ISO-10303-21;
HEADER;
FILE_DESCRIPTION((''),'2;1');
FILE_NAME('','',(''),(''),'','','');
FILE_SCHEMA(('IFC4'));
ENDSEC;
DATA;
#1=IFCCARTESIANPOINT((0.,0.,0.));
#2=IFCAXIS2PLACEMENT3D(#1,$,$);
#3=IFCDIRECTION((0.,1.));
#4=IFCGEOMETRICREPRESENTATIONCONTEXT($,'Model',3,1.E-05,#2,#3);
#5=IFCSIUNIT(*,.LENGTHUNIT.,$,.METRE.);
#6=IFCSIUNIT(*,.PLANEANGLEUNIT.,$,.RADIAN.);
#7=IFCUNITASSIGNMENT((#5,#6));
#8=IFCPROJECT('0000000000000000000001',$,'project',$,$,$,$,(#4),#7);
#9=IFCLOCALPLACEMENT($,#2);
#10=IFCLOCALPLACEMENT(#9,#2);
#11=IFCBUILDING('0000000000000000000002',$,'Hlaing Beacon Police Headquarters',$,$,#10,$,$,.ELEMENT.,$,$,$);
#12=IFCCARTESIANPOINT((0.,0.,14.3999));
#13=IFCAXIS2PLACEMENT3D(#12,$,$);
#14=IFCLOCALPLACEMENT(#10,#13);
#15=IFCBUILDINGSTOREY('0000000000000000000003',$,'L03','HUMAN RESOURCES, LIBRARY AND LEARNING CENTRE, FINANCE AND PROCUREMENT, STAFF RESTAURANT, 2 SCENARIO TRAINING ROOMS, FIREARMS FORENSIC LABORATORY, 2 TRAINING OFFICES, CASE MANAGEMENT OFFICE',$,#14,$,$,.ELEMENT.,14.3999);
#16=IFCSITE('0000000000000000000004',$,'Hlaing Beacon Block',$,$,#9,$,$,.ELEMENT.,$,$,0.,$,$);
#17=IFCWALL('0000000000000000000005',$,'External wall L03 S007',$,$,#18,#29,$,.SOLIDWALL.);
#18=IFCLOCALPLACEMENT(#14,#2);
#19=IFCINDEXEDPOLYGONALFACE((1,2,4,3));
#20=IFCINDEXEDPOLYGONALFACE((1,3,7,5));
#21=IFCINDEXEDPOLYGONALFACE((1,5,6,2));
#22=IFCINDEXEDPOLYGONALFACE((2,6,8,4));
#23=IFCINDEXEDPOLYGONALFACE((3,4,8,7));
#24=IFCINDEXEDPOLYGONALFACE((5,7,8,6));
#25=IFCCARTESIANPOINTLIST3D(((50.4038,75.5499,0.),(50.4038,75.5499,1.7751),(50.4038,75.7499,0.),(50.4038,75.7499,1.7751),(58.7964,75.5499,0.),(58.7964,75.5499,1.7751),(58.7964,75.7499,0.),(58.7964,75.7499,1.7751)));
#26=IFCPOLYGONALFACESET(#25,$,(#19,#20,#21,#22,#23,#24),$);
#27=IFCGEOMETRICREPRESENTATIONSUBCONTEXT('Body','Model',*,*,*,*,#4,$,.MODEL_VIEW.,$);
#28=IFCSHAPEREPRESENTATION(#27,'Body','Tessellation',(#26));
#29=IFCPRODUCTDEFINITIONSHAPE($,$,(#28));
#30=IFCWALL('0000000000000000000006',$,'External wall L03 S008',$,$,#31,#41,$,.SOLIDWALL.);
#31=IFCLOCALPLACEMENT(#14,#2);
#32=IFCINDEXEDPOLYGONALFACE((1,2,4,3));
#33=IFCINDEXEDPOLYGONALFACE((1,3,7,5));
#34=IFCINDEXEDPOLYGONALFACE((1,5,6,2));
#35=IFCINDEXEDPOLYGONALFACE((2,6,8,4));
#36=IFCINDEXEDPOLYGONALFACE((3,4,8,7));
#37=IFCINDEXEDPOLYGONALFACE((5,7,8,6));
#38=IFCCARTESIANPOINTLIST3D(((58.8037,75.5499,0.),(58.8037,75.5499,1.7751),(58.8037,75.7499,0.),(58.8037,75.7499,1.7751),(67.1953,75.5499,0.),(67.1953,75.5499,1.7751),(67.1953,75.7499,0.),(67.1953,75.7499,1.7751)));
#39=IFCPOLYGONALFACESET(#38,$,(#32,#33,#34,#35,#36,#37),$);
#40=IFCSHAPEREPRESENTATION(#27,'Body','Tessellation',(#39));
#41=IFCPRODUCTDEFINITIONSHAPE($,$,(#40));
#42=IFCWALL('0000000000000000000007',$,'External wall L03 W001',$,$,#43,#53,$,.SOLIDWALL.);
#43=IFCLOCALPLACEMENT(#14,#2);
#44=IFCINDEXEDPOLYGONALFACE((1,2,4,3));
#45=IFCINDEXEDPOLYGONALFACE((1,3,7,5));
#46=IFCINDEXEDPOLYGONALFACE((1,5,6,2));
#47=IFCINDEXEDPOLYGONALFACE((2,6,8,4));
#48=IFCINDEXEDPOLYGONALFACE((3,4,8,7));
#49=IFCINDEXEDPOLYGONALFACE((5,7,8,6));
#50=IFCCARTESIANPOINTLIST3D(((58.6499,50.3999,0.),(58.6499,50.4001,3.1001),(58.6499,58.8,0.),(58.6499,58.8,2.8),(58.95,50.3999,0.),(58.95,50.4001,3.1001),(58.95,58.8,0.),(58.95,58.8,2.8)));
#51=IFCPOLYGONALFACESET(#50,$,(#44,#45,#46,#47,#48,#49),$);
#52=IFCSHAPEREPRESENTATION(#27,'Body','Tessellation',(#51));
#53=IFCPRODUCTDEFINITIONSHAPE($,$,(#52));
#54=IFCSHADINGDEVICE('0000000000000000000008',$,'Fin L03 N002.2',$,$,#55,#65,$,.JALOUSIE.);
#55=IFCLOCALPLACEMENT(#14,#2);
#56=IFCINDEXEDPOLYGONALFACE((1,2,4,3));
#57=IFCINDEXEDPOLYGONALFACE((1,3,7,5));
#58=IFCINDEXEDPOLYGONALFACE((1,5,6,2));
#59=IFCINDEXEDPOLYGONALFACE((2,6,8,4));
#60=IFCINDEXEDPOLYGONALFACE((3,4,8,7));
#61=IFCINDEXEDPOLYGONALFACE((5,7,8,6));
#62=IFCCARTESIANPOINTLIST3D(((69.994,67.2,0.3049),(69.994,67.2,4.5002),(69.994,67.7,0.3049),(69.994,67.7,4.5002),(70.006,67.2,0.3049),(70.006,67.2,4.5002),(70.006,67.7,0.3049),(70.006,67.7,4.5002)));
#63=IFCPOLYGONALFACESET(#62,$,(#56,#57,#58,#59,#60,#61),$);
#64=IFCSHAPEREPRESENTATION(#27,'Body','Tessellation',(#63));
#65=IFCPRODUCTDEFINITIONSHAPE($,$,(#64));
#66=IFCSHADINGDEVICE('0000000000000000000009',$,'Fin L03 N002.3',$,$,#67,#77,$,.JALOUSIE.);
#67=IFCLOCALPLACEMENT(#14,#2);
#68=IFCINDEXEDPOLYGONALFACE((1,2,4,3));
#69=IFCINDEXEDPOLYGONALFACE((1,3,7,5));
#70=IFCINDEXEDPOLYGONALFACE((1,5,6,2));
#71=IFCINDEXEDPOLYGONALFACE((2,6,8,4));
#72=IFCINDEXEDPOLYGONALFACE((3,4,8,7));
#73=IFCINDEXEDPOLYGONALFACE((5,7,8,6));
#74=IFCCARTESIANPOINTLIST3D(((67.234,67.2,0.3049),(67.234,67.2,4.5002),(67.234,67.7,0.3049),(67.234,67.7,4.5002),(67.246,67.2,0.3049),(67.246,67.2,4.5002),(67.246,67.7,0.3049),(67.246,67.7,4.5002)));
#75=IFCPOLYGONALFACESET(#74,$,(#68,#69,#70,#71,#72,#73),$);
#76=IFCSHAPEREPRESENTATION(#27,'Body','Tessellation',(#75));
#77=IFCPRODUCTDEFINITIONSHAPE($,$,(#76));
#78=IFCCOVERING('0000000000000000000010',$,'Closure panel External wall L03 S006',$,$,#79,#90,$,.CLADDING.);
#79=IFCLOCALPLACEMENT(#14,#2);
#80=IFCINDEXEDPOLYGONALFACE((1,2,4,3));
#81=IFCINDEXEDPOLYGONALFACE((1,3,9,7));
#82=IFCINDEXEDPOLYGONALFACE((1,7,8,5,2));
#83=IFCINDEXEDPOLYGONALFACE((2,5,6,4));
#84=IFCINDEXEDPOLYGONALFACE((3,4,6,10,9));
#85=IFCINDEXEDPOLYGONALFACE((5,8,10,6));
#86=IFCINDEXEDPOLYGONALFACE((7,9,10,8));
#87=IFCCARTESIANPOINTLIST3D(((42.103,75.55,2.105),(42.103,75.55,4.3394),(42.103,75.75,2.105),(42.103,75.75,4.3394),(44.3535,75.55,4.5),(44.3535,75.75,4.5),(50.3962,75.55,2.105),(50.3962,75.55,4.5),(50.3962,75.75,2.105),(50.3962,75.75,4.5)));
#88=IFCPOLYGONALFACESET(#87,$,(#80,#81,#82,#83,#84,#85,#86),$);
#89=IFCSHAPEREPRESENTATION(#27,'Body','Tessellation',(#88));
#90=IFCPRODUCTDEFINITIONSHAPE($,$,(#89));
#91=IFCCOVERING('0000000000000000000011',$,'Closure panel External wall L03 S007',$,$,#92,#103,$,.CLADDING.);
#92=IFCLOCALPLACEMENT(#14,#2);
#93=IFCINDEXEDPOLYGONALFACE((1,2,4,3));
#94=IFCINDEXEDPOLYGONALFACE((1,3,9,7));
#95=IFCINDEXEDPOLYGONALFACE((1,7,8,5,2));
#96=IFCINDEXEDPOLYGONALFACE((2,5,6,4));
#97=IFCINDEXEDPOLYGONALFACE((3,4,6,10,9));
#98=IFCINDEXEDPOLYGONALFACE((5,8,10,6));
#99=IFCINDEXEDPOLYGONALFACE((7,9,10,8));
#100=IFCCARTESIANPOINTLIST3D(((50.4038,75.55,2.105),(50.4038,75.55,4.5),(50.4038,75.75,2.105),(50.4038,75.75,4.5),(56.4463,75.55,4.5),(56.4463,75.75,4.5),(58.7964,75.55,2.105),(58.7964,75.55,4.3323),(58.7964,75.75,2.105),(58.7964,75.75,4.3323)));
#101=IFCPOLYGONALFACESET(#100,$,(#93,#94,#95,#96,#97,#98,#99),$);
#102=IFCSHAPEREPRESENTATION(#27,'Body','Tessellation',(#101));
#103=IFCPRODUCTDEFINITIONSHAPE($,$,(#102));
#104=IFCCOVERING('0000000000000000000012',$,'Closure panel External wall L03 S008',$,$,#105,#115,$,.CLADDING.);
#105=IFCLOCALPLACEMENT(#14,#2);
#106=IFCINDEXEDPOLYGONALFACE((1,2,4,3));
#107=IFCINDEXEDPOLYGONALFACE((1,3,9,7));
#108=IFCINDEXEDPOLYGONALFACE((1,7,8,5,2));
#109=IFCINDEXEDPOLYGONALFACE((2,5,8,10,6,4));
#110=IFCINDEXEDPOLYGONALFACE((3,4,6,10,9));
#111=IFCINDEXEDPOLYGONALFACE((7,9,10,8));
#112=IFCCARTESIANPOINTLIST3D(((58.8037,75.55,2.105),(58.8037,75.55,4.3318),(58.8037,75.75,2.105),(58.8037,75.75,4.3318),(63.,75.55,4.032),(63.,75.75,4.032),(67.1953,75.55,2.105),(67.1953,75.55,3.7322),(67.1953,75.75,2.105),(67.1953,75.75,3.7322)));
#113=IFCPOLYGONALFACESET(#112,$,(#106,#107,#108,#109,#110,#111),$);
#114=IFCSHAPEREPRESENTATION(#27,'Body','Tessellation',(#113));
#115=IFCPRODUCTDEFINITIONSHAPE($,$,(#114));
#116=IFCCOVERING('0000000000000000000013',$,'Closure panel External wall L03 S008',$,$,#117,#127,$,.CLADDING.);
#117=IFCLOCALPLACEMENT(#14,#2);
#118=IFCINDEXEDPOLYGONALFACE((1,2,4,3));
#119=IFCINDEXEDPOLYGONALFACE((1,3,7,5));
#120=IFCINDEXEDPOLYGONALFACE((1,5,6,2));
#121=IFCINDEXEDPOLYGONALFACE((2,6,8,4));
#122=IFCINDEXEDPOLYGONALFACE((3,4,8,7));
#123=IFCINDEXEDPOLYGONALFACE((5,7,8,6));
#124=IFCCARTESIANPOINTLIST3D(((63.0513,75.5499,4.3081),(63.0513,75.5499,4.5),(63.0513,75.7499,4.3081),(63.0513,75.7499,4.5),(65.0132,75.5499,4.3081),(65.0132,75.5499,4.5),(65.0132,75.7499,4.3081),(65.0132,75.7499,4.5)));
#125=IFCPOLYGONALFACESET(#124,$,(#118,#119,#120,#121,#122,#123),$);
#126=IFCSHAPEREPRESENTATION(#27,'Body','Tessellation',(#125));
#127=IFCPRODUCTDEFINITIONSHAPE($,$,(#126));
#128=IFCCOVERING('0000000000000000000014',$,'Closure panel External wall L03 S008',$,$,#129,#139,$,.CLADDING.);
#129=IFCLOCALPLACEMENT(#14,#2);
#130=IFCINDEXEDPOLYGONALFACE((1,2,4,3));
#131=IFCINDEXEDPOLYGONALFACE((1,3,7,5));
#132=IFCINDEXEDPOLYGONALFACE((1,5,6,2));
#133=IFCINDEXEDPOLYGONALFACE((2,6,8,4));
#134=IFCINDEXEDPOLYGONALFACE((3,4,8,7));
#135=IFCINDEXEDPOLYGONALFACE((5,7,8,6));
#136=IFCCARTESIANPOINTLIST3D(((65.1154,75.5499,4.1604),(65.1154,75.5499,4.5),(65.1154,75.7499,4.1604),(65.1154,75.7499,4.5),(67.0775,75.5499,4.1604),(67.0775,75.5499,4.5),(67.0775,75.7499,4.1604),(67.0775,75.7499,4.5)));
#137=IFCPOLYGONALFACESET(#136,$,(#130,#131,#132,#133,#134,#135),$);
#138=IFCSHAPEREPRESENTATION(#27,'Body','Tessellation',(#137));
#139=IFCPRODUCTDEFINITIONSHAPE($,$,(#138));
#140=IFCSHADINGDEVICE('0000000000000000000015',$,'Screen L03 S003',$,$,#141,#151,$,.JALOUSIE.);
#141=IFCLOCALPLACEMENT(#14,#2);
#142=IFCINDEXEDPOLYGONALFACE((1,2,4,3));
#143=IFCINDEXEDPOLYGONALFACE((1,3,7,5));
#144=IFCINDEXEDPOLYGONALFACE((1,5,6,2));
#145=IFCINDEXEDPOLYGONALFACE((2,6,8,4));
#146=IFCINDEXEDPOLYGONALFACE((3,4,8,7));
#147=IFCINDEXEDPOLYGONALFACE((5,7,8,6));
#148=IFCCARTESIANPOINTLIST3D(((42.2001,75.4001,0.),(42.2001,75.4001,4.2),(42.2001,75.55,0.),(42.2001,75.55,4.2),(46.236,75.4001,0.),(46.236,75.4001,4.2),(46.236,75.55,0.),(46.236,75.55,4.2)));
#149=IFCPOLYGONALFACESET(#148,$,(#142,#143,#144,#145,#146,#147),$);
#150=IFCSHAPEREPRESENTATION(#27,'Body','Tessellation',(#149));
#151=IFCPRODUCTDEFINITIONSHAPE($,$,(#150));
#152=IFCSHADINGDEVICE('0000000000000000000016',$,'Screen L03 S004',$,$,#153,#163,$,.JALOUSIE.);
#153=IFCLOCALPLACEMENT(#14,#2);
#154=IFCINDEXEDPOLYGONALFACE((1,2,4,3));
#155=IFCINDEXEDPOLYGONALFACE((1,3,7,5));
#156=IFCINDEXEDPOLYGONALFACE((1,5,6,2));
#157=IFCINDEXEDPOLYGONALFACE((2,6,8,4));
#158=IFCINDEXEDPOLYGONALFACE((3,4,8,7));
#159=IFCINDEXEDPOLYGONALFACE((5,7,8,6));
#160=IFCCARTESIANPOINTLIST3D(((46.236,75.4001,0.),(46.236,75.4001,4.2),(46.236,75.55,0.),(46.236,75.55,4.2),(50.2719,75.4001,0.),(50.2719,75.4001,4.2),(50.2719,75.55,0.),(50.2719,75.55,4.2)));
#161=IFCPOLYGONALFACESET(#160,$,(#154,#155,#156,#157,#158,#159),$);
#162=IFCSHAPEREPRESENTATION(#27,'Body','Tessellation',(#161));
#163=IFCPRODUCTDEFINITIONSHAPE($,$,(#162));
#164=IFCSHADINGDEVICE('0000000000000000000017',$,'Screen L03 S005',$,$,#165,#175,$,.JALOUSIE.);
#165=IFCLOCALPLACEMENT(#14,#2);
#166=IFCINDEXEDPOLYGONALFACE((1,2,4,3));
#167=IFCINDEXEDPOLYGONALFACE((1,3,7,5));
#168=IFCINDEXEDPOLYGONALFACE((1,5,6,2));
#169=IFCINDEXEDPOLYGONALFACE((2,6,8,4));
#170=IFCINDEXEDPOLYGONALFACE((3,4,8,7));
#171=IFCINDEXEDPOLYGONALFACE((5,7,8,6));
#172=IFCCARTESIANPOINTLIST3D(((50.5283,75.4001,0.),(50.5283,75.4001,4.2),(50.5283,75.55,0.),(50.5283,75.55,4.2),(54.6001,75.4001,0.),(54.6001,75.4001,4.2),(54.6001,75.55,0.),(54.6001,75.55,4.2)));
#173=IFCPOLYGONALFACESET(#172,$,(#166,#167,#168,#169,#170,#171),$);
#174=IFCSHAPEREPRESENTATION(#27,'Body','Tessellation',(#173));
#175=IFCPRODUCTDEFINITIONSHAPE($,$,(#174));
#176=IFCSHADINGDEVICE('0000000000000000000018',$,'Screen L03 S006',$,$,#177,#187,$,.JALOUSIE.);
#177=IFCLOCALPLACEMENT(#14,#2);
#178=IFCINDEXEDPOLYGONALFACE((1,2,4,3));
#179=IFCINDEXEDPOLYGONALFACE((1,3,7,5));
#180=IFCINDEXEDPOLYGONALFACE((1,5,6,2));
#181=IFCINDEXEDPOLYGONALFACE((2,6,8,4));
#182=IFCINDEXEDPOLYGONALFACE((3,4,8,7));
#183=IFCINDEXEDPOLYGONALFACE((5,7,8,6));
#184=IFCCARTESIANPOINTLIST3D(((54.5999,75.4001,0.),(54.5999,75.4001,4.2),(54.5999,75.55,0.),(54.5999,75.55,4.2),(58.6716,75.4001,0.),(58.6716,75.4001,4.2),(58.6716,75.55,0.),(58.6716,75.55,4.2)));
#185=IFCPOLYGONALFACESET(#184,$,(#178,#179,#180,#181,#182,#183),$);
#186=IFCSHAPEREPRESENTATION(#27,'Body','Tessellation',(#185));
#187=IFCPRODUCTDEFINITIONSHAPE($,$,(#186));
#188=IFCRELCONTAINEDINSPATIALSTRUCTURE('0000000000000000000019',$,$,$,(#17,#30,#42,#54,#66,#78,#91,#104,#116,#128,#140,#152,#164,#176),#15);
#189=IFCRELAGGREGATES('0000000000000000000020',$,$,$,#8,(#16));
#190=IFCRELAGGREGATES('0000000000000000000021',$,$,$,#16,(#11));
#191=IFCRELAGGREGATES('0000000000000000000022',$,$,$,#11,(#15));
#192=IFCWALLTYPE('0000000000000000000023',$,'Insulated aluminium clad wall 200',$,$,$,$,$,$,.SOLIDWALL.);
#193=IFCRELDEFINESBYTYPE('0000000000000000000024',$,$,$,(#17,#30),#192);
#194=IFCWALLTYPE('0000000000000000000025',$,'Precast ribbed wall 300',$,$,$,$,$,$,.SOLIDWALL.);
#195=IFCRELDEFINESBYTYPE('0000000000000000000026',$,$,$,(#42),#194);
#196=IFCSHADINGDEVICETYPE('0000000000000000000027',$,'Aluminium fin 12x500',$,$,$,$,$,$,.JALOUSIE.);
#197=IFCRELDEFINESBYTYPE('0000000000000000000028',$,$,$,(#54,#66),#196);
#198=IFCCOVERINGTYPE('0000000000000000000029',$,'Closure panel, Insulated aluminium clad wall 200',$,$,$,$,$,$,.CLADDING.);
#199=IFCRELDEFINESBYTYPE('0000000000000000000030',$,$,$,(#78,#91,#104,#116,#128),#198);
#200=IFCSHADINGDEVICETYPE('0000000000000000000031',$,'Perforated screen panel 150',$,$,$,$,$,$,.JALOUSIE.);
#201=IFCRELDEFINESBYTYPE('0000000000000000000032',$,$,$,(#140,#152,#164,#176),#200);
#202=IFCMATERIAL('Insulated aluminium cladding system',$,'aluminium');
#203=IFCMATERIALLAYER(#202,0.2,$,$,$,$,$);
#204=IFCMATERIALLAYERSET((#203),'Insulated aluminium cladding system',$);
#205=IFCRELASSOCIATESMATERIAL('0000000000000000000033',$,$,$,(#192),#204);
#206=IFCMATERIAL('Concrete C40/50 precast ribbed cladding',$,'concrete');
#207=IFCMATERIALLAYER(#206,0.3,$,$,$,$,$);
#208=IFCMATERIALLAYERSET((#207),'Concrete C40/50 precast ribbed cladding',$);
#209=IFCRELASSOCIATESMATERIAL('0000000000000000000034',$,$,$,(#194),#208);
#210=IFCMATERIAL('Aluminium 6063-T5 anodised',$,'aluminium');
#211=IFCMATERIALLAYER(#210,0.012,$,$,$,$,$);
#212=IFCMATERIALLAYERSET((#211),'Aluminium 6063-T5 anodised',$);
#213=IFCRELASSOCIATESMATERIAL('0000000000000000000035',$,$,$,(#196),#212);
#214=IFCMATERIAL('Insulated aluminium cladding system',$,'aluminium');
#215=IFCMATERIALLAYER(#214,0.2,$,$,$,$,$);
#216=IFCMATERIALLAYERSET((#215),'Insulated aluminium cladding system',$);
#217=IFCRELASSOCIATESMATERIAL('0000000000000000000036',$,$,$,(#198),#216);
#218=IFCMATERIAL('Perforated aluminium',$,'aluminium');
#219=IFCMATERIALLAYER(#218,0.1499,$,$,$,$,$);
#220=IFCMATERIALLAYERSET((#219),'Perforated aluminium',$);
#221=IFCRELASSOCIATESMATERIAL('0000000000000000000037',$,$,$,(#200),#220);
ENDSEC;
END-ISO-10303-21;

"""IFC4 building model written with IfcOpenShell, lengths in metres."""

from ifc_helpers import new_model, si_unit, direction, frame, frame_2d, origin, origin_2d, place, context, subcontext, project, spatial, polyline, rectangle, outline, extrude, material, layer, layer_set, type_object, element, save


model = new_model("IFC4")

# Units and contexts
model_context = context("Model", 3, precision=1e-05, world=origin(), true_north=direction((0.0, 1.0)))
body_context = subcontext(model_context, "Body", "Model", "MODEL_VIEW")
ifc_project = project(units=[si_unit("LENGTHUNIT", "METRE"), si_unit("PLANEANGLEUNIT", "RADIAN")], contexts=[model_context])

# Site, building, storey
site_placement = place(None, origin())
site = spatial("IfcSite", under=ifc_project, at=site_placement, Name="Hlaing Beacon Block", CompositionType="ELEMENT", RefElevation=0.0)
building_placement = place(site_placement, origin())
building = spatial("IfcBuilding", under=site, at=building_placement, Name="Hlaing Beacon Police Headquarters", CompositionType="ELEMENT")
storey_placement = place(building_placement, frame((0.0, 0.0, 14.3999)))
storey = spatial("IfcBuildingStorey", under=building, at=storey_placement, Name="L03", Description="HUMAN RESOURCES, LIBRARY AND LEARNING CENTRE, FINANCE AND PROCUREMENT, STAFF RESTAURANT, 2 SCENARIO TRAINING ROOMS, FIREARMS FORENSIC LABORATORY, 2 TRAINING OFFICES, CASE MANAGEMENT OFFICE", CompositionType="ELEMENT", Elevation=14.3999)

# Walls
ifc_material_1 = material(Name="Insulated aluminium cladding system", Category="aluminium")
ifc_layer_1 = layer(ifc_material_1, 0.2)
ifc_layer_set_1 = layer_set([ifc_layer_1], Name="Insulated aluminium cladding system")
wall_type_1 = type_object("IfcWallType", Name="Insulated aluminium clad wall 200", PredefinedType="SOLIDWALL", material=ifc_layer_set_1)
wall_1_placement = place(storey_placement, frame((50.4038, 75.6499, 0.0), z_axis=(0.0, 0.0, 1.0), x_axis=(1.0, 0.0, 0.0)))
element("IfcWall", 1, at=wall_1_placement, inside=storey, type_object=wall_type_1, Name="External wall L03 S007", PredefinedType="SOLIDWALL", context=body_context, shape_type="SweptSolid", body=[
    extrude(rectangle(XDim=8.3926, YDim=0.2, at=frame_2d((4.1963, 0.0))), origin(), (0.0, 0.0, 1.0), 1.7751),
])
wall_2_placement = place(storey_placement, frame((58.8037, 75.6499, 0.0), z_axis=(0.0, 0.0, 1.0), x_axis=(1.0, 0.0, 0.0)))
element("IfcWall", 2, at=wall_2_placement, inside=storey, type_object=wall_type_1, Name="External wall L03 S008", PredefinedType="SOLIDWALL", context=body_context, shape_type="SweptSolid", body=[
    extrude(rectangle(XDim=8.3916, YDim=0.2, at=frame_2d((4.1958, 0.0))), origin(), (0.0, 0.0, 1.0), 1.7751),
])
ifc_material_2 = material(Name="Concrete C40/50 precast ribbed cladding", Category="concrete")
ifc_layer_2 = layer(ifc_material_2, 0.3)
ifc_layer_set_2 = layer_set([ifc_layer_2], Name="Concrete C40/50 precast ribbed cladding")
wall_type_2 = type_object("IfcWallType", Name="Precast ribbed wall 300", PredefinedType="SOLIDWALL", material=ifc_layer_set_2)
wall_3_placement = place(storey_placement, frame((58.8, 58.8, 0.0), z_axis=(0.0, 0.0, 1.0), x_axis=(0.0, -1.0, 0.0)))
element("IfcWall", 3, at=wall_3_placement, inside=storey, type_object=wall_type_2, Name="External wall L03 W001", PredefinedType="SOLIDWALL", context=body_context, shape_type="SweptSolid", body=[
    extrude(outline(polyline([(0.0, 0.0), (8.4001, 0.0), (8.3999, 3.1001), (0.0, 2.8), (0.0, 0.0)])), frame((0.0, 0.1499, 0.0), z_axis=(0.0, -1.0, 0.0), x_axis=(1.0, 0.0, 0.0)), (0.0, 0.0, 1.0), 0.3),
])

# Shading devices
ifc_material_3 = material(Name="Aluminium 6063-T5 anodised", Category="aluminium")
ifc_layer_3 = layer(ifc_material_3, 0.012)
ifc_layer_set_3 = layer_set([ifc_layer_3], Name="Aluminium 6063-T5 anodised")
shading_device_type_1 = type_object("IfcShadingDeviceType", Name="Aluminium fin 12x500", PredefinedType="JALOUSIE", material=ifc_layer_set_3)
for number, where, z_axis, x_axis, name in (
    (4, (70.0, 67.45, 0.3049), (0.0, 0.0, 1.0), (-1.0, 0.0, 0.0), "Fin L03 N002.2"),
    (5, (67.24, 67.45, 0.3049), (0.0, 0.0, 1.0), (-1.0, 0.0, 0.0), "Fin L03 N002.3"),
):
    element("IfcShadingDevice", number, at=place(storey_placement, frame(where, z_axis=z_axis, x_axis=x_axis)), inside=storey, type_object=shading_device_type_1, Name=name, PredefinedType="JALOUSIE", context=body_context, shape_type="SweptSolid", body=[
        extrude(rectangle(XDim=0.012, YDim=0.5, at=origin_2d()), origin(), (0.0, 0.0, 1.0), 4.1953),
    ])

# Coverings
ifc_material_4 = material(Name="Insulated aluminium cladding system", Category="aluminium")
ifc_layer_4 = layer(ifc_material_4, 0.2)
ifc_layer_set_4 = layer_set([ifc_layer_4], Name="Insulated aluminium cladding system")
covering_type = type_object("IfcCoveringType", Name="Closure panel, Insulated aluminium clad wall 200", PredefinedType="CLADDING", material=ifc_layer_set_4)
covering_1_placement = place(storey_placement, frame((42.103, 75.6499, 2.105), z_axis=(0.0, 0.0, 1.0), x_axis=(1.0, 0.0, 0.0)))
element("IfcCovering", 6, at=covering_1_placement, inside=storey, type_object=covering_type, Name="Closure panel External wall L03 S006", PredefinedType="CLADDING", context=body_context, shape_type="SweptSolid", body=[
    extrude(outline(polyline([(0.0, 0.0), (8.2932, 0.0), (8.2932, 2.395), (2.2505, 2.395), (0.0, 2.2344), (0.0, 0.0)])), frame((0.0, 0.1001, 0.0), z_axis=(0.0, -1.0, 0.0), x_axis=(1.0, 0.0, 0.0)), (0.0, 0.0, 1.0), 0.2),
])
covering_2_placement = place(storey_placement, frame((50.4038, 75.6499, 2.105), z_axis=(0.0, 0.0, 1.0), x_axis=(1.0, 0.0, 0.0)))
element("IfcCovering", 7, at=covering_2_placement, inside=storey, type_object=covering_type, Name="Closure panel External wall L03 S007", PredefinedType="CLADDING", context=body_context, shape_type="SweptSolid", body=[
    extrude(outline(polyline([(0.0, 0.0), (8.3926, 0.0), (8.3926, 2.2273), (6.0425, 2.395), (0.0, 2.395), (0.0, 0.0)])), frame((0.0, 0.1001, 0.0), z_axis=(0.0, -1.0, 0.0), x_axis=(1.0, 0.0, 0.0)), (0.0, 0.0, 1.0), 0.2),
])
covering_3_placement = place(storey_placement, frame((58.8037, 75.6499, 2.105), z_axis=(0.0, 0.0, 1.0), x_axis=(1.0, 0.0, 0.0)))
element("IfcCovering", 8, at=covering_3_placement, inside=storey, type_object=covering_type, Name="Closure panel External wall L03 S008", PredefinedType="CLADDING", context=body_context, shape_type="SweptSolid", body=[
    extrude(outline(polyline([(0.0, 0.0), (8.3916, 0.0), (8.3916, 1.6272), (4.1963, 1.927), (0.0, 2.2268), (0.0, 0.0)])), frame((0.0, 0.1001, 0.0), z_axis=(0.0, -1.0, 0.0), x_axis=(1.0, 0.0, 0.0)), (0.0, 0.0, 1.0), 0.2),
])
covering_4_placement = place(storey_placement, frame((63.0513, 75.6499, 4.3081), z_axis=(0.0, 0.0, 1.0), x_axis=(1.0, 0.0, 0.0)))
element("IfcCovering", 9, at=covering_4_placement, inside=storey, type_object=covering_type, Name="Closure panel External wall L03 S008", PredefinedType="CLADDING", context=body_context, shape_type="SweptSolid", body=[
    extrude(rectangle(XDim=1.9619, YDim=0.2, at=frame_2d((0.981, 0.0))), origin(), (0.0, 0.0, 1.0), 0.1919),
])
covering_5_placement = place(storey_placement, frame((65.1155, 75.6499, 4.1604), z_axis=(0.0, 0.0, 1.0), x_axis=(1.0, 0.0, 0.0)))
element("IfcCovering", 10, at=covering_5_placement, inside=storey, type_object=covering_type, Name="Closure panel External wall L03 S008", PredefinedType="CLADDING", context=body_context, shape_type="SweptSolid", body=[
    extrude(rectangle(XDim=1.9622, YDim=0.2, at=frame_2d((0.981, 0.0))), origin(), (0.0, 0.0, 1.0), 0.3396),
])

# Shading devices
ifc_material_5 = material(Name="Perforated aluminium", Category="aluminium")
ifc_layer_5 = layer(ifc_material_5, 0.1499)
ifc_layer_set_5 = layer_set([ifc_layer_5], Name="Perforated aluminium")
shading_device_type_2 = type_object("IfcShadingDeviceType", Name="Perforated screen panel 150", PredefinedType="JALOUSIE", material=ifc_layer_set_5)
for number, where, z_axis, x_axis, name in (
    (11, (44.218, 75.4751, 0.0), (0.0, 0.0, 1.0), (1.0, 0.0, 0.0), "Screen L03 S003"),
    (12, (48.2539, 75.4751, 0.0), (0.0, 0.0, 1.0), (1.0, 0.0, 0.0), "Screen L03 S004"),
):
    element("IfcShadingDevice", number, at=place(storey_placement, frame(where, z_axis=z_axis, x_axis=x_axis)), inside=storey, type_object=shading_device_type_2, Name=name, PredefinedType="JALOUSIE", context=body_context, shape_type="SweptSolid", body=[
        extrude(rectangle(XDim=4.0359, YDim=0.1499, at=origin_2d()), origin(), (0.0, 0.0, 1.0), 4.2),
    ])
for number, where, z_axis, x_axis, name in (
    (13, (52.5642, 75.4751, 0.0), (0.0, 0.0, 1.0), (1.0, 0.0, 0.0), "Screen L03 S005"),
    (14, (56.6357, 75.4751, 0.0), (0.0, 0.0, 1.0), (1.0, 0.0, 0.0), "Screen L03 S006"),
):
    element("IfcShadingDevice", number, at=place(storey_placement, frame(where, z_axis=z_axis, x_axis=x_axis)), inside=storey, type_object=shading_device_type_2, Name=name, PredefinedType="JALOUSIE", context=body_context, shape_type="SweptSolid", body=[
        extrude(rectangle(XDim=4.0718, YDim=0.1499, at=origin_2d()), origin(), (0.0, 0.0, 1.0), 4.2),
    ])

save(model, "model.ifc")
